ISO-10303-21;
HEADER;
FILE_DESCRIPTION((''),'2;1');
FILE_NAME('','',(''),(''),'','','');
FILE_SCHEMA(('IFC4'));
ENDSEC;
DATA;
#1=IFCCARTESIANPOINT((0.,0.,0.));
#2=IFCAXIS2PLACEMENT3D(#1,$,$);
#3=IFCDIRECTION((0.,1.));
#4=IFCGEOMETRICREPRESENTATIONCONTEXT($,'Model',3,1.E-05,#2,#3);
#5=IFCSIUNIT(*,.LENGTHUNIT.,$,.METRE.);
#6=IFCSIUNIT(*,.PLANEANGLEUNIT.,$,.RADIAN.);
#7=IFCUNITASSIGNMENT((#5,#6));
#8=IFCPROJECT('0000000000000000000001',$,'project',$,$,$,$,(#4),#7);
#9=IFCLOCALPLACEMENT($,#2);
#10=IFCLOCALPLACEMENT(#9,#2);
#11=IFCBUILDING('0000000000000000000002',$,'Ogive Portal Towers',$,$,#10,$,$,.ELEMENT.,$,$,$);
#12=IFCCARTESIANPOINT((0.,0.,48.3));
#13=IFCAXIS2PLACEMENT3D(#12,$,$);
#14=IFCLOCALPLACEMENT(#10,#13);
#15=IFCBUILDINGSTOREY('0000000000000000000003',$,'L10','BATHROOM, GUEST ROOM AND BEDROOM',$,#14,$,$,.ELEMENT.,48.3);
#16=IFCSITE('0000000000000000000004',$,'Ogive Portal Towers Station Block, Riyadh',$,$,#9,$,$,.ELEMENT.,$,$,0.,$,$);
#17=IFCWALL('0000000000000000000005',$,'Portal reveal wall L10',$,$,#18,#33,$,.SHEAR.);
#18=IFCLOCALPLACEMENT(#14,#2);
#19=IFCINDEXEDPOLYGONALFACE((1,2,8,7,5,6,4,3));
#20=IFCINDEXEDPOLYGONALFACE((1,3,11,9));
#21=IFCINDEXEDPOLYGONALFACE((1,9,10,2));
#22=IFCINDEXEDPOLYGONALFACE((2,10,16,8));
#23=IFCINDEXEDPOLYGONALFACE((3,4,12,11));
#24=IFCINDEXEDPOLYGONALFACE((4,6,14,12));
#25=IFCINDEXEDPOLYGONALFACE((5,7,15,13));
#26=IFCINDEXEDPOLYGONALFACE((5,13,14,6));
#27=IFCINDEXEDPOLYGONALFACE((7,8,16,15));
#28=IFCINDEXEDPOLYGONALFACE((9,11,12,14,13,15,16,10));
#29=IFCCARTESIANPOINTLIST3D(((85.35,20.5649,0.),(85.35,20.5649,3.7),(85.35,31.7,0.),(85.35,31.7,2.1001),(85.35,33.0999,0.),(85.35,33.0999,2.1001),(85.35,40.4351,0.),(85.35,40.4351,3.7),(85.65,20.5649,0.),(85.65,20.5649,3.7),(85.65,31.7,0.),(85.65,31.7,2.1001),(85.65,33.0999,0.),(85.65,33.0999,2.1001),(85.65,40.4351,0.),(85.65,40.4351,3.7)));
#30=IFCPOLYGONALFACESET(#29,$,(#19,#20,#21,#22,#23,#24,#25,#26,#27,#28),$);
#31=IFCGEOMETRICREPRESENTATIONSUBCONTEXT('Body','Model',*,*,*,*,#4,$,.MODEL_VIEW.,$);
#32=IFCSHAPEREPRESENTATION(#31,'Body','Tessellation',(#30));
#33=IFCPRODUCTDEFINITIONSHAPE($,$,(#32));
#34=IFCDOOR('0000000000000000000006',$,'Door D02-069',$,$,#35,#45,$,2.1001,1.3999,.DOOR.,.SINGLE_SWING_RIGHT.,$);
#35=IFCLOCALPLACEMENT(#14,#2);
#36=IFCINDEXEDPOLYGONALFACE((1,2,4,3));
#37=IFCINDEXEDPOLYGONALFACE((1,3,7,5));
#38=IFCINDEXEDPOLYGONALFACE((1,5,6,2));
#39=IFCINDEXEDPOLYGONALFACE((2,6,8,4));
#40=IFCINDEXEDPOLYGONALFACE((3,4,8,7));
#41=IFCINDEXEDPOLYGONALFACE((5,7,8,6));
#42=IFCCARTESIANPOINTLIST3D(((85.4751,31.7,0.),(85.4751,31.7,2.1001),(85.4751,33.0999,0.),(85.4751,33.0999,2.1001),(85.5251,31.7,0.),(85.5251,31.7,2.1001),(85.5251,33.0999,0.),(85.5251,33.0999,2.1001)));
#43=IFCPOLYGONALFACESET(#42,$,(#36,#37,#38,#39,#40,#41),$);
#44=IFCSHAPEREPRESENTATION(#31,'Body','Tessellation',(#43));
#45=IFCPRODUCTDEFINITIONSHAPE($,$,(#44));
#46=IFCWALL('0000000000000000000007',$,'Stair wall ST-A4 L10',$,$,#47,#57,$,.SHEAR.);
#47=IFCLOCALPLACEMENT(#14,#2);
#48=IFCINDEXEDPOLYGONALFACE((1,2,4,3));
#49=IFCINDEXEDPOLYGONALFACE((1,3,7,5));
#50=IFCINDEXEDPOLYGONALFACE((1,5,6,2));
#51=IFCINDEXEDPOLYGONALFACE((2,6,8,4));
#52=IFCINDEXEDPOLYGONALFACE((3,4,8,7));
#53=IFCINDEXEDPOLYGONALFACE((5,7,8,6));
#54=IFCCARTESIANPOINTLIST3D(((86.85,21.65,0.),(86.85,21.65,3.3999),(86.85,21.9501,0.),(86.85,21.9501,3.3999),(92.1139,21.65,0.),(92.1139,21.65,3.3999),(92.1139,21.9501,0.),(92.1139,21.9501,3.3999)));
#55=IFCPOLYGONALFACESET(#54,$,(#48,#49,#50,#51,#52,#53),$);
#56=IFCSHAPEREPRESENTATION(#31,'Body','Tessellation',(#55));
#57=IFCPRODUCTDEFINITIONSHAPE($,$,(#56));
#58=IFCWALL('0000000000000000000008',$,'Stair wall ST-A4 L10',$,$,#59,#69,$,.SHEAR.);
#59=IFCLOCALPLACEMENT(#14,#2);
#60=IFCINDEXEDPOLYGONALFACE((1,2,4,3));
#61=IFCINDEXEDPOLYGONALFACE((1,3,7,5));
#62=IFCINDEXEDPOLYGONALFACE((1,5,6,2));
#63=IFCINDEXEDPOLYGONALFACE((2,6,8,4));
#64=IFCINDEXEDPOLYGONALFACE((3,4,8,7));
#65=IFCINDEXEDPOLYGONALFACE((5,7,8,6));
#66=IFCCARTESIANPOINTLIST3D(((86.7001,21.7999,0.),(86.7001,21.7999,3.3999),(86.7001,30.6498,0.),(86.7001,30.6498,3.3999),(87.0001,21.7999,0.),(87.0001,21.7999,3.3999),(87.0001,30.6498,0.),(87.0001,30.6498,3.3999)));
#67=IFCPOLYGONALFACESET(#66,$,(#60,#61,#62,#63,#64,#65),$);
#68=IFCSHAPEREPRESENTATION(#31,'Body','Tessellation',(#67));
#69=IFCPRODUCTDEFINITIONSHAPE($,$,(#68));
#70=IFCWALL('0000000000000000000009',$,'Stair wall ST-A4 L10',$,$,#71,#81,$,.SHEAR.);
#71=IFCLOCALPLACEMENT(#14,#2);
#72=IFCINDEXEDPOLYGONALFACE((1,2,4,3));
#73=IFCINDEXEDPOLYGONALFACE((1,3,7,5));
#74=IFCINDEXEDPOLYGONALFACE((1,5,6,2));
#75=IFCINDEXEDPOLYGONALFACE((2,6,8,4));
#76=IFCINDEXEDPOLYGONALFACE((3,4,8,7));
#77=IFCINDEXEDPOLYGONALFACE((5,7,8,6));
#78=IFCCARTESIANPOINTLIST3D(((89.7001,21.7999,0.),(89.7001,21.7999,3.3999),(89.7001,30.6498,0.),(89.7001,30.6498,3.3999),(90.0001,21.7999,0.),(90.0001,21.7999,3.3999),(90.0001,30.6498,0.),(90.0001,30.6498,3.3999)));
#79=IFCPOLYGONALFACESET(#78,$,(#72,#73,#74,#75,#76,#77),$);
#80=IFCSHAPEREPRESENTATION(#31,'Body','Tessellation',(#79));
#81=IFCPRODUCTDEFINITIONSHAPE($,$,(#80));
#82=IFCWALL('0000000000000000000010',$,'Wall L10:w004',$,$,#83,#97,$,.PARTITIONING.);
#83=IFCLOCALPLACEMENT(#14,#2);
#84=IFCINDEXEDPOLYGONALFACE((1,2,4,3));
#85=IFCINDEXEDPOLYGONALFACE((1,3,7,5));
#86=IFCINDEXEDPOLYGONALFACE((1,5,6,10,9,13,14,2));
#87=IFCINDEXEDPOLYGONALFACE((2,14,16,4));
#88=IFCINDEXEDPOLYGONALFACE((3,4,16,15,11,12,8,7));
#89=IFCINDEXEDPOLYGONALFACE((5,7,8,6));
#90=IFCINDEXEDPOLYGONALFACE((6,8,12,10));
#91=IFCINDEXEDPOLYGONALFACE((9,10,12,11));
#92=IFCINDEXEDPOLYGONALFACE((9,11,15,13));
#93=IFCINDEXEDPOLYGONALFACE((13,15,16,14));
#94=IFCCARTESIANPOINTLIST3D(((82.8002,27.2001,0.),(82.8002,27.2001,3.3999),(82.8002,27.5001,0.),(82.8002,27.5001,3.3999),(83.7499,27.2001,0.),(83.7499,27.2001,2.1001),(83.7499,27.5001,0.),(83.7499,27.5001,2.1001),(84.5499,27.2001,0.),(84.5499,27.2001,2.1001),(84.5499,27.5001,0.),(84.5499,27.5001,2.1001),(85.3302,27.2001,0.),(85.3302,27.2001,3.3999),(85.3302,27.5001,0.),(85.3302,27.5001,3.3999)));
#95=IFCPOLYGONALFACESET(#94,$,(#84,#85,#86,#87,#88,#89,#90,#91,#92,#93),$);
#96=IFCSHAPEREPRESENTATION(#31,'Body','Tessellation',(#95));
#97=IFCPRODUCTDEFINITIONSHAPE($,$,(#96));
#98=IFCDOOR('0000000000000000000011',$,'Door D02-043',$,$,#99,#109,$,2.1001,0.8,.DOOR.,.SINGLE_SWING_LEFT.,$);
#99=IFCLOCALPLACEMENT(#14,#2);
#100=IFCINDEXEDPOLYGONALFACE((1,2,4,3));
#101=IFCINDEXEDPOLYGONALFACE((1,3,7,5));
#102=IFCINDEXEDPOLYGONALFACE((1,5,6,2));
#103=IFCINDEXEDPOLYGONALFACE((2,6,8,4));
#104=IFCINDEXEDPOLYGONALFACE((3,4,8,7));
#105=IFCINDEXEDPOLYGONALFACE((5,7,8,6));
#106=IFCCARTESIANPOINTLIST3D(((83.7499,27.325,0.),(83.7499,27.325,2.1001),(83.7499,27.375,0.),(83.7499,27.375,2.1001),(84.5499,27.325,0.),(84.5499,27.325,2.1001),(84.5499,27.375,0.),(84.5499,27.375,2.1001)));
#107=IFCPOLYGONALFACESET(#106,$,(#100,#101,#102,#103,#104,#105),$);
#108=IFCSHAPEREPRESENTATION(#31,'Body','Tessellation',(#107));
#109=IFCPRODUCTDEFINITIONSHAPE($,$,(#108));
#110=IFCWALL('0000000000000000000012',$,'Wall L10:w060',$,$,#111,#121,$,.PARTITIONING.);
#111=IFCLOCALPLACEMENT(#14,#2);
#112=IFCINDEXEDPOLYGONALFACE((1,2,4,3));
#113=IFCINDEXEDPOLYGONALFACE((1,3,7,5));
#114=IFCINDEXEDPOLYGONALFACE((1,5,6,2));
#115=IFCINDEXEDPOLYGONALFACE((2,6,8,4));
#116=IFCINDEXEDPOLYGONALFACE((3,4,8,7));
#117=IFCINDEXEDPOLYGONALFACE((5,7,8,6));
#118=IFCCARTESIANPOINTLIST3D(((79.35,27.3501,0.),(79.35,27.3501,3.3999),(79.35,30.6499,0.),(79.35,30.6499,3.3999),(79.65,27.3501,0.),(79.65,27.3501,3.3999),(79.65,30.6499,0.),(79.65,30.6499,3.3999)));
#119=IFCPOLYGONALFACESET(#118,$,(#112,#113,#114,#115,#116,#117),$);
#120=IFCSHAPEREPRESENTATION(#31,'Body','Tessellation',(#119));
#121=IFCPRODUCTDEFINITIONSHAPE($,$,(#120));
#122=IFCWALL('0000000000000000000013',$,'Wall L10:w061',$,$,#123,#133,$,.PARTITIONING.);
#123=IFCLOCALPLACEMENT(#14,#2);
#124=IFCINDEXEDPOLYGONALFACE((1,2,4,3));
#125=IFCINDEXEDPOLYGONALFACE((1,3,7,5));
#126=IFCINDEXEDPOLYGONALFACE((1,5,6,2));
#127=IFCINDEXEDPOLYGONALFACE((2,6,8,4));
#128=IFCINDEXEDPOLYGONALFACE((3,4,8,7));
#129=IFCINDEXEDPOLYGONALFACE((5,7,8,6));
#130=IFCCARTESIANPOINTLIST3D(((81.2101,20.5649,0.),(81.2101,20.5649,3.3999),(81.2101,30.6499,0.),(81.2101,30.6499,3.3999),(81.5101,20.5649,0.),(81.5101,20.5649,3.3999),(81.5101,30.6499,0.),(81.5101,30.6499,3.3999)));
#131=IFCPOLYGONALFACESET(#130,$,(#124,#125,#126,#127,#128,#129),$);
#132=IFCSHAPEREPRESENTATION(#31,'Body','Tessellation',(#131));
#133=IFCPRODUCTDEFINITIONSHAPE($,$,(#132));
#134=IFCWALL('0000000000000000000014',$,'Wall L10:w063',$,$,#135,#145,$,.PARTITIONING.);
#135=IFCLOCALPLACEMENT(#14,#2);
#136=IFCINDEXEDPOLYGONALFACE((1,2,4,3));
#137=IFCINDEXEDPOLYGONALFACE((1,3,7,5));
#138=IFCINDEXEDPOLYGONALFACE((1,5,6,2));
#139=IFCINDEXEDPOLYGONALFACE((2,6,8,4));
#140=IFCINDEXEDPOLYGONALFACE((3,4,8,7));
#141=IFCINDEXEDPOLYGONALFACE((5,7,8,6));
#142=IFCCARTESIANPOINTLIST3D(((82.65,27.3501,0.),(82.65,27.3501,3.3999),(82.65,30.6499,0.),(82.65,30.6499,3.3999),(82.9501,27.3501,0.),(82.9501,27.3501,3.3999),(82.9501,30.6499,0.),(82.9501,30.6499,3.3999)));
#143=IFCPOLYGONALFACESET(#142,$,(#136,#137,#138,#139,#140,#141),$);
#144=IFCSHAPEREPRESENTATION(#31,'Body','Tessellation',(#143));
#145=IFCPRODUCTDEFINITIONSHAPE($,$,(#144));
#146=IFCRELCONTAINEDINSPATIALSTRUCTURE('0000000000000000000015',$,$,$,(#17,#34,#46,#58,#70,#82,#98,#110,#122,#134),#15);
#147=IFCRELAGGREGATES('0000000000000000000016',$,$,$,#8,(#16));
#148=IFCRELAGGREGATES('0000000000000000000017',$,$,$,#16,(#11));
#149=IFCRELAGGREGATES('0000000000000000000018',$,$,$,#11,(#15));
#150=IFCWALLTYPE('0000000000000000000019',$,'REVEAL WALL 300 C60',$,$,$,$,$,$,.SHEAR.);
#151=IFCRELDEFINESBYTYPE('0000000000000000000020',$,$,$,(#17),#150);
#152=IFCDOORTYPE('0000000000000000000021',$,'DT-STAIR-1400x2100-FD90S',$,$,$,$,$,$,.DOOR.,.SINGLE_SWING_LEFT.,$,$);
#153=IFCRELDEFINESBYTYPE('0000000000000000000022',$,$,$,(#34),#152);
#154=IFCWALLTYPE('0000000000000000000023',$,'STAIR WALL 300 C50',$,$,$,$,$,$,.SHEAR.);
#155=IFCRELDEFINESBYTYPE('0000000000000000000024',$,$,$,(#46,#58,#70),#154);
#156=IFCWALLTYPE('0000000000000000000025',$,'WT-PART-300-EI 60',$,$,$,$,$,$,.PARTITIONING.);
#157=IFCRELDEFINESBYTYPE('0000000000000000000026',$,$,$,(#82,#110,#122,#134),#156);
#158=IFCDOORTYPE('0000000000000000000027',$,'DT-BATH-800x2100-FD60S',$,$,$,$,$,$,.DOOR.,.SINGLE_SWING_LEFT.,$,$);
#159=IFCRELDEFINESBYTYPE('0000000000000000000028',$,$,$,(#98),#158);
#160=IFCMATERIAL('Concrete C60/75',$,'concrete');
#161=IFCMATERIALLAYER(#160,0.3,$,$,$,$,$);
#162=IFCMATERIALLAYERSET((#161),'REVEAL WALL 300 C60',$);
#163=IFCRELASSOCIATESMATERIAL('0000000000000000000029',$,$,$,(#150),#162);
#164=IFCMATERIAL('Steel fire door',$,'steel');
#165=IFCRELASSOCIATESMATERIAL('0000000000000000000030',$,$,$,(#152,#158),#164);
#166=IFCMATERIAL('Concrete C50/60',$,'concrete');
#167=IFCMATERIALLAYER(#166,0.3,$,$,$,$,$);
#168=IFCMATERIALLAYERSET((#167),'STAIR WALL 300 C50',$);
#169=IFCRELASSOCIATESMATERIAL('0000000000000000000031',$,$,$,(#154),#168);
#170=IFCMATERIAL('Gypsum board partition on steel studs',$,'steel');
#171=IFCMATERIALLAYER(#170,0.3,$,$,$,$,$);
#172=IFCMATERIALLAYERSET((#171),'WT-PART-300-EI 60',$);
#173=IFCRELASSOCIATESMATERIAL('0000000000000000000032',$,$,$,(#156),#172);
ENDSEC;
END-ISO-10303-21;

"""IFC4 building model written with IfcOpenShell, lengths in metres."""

from ifc_helpers import new_model, si_unit, direction, frame, frame_2d, origin, place, context, subcontext, project, spatial, rectangle, extrude, material, layer, layer_set, type_object, element, fill, save


model = new_model("IFC4")

# Units and contexts
model_context = context("Model", 3, precision=1e-05, world=origin(), true_north=direction((0.0, 1.0)))
body_context = subcontext(model_context, "Body", "Model", "MODEL_VIEW")
ifc_project = project(units=[si_unit("LENGTHUNIT", "METRE"), si_unit("PLANEANGLEUNIT", "RADIAN")], contexts=[model_context])

# Site, building, storey
site_placement = place(None, origin())
site = spatial("IfcSite", under=ifc_project, at=site_placement, Name="Ogive Portal Towers Station Block, Riyadh", CompositionType="ELEMENT", RefElevation=0.0)
building_placement = place(site_placement, origin())
building = spatial("IfcBuilding", under=site, at=building_placement, Name="Ogive Portal Towers", CompositionType="ELEMENT")
storey_placement = place(building_placement, frame((0.0, 0.0, 48.3)))
storey = spatial("IfcBuildingStorey", under=building, at=storey_placement, Name="L10", Description="BATHROOM, GUEST ROOM AND BEDROOM", CompositionType="ELEMENT", Elevation=48.3)

# Shared definitions
ifc_material_1 = material(Name="Concrete C60/75", Category="concrete")

# Wall, opening, door
ifc_layer_1 = layer(ifc_material_1, 0.3)
ifc_layer_set_1 = layer_set([ifc_layer_1], Name="REVEAL WALL 300 C60")
wall_type_1 = type_object("IfcWallType", Name="REVEAL WALL 300 C60", PredefinedType="SHEAR", material=ifc_layer_set_1)
wall_1_placement = place(storey_placement, frame((85.5, 20.5649, 0.0), z_axis=(0.0, 0.0, 1.0), x_axis=(0.0, 1.0, 0.0)))
wall_1 = element("IfcWall", 1, at=wall_1_placement, inside=storey, type_object=wall_type_1, Name="Portal reveal wall L10", PredefinedType="SHEAR", context=body_context, shape_type="SweptSolid", body=[
    extrude(rectangle(XDim=19.8701, YDim=0.3, at=frame_2d((9.9351, 0.0))), origin(), (0.0, 0.0, 1.0), 3.7),
])
opening_1_placement = place(wall_1_placement, frame((11.135, 0.0, 0.0)))
opening_1 = element("IfcOpeningElement", 2, at=opening_1_placement, cuts=wall_1, PredefinedType="OPENING", context=body_context, shape_type="SweptSolid", body=[
    extrude(rectangle(XDim=1.3999, YDim=2.1001, at=frame_2d((0.7, 1.05))), frame((0.0, 0.1602, 0.0), z_axis=(0.0, -1.0, 0.0), x_axis=(1.0, 0.0, 0.0)), (0.0, 0.0, 1.0), 0.3201),
])
ifc_material_2 = material(Name="Steel fire door", Category="steel")
door_type_1 = type_object("IfcDoorType", Name="DT-STAIR-1400x2100-FD90S", OperationType="SINGLE_SWING_LEFT", PredefinedType="DOOR", material=ifc_material_2)
door_1_placement = place(opening_1_placement, origin())
door_1 = element("IfcDoor", 3, at=door_1_placement, inside=storey, type_object=door_type_1, Name="Door D02-069", OperationType="SINGLE_SWING_RIGHT", OverallHeight=2.1001, OverallWidth=1.3999, PredefinedType="DOOR", context=body_context, shape_type="SweptSolid", body=[
    extrude(rectangle(XDim=1.3999, YDim=2.1001, at=frame_2d((0.7, 1.05))), frame((0.0, 0.0249, 0.0), z_axis=(0.0, -1.0, 0.0), x_axis=(1.0, 0.0, 0.0)), (0.0, 0.0, 1.0), 0.05),
])
fill(opening_1, door_1)

# Walls
ifc_material_3 = material(Name="Concrete C50/60", Category="concrete")
ifc_layer_2 = layer(ifc_material_3, 0.3)
ifc_layer_set_2 = layer_set([ifc_layer_2], Name="STAIR WALL 300 C50")
wall_type_2 = type_object("IfcWallType", Name="STAIR WALL 300 C50", PredefinedType="SHEAR", material=ifc_layer_set_2)
wall_2_placement = place(storey_placement, frame((86.8501, 21.8, 0.0), z_axis=(0.0, 0.0, 1.0), x_axis=(1.0, 0.0, 0.0)))
element("IfcWall", 4, at=wall_2_placement, inside=storey, type_object=wall_type_2, Name="Stair wall ST-A4 L10", PredefinedType="SHEAR", context=body_context, shape_type="SweptSolid", body=[
    extrude(rectangle(XDim=5.2639, YDim=0.3, at=frame_2d((2.6318, 0.0))), origin(), (0.0, 0.0, 1.0), 3.3999),
])
for number, where, z_axis, x_axis, name in (
    (5, (86.8501, 21.8, 0.0), (0.0, 0.0, 1.0), (0.0, 1.0, 0.0), "Stair wall ST-A4 L10"),
    (6, (89.8501, 21.8, 0.0), (0.0, 0.0, 1.0), (0.0, 1.0, 0.0), "Stair wall ST-A4 L10"),
):
    element("IfcWall", number, at=place(storey_placement, frame(where, z_axis=z_axis, x_axis=x_axis)), inside=storey, type_object=wall_type_2, Name=name, PredefinedType="SHEAR", context=body_context, shape_type="SweptSolid", body=[
        extrude(rectangle(XDim=8.8499, YDim=0.3, at=frame_2d((4.4248, 0.0))), origin(), (0.0, 0.0, 1.0), 3.3999),
    ])

# Wall, opening, door
ifc_material_4 = material(Name="Gypsum board partition on steel studs", Category="steel")
ifc_layer_3 = layer(ifc_material_4, 0.3)
ifc_layer_set_3 = layer_set([ifc_layer_3], Name="WT-PART-300-EI 60")
wall_type_3 = type_object("IfcWallType", Name="WT-PART-300-EI 60", PredefinedType="PARTITIONING", material=ifc_layer_set_3)
wall_3_placement = place(storey_placement, frame((82.8, 27.3501, 0.0), z_axis=(0.0, 0.0, 1.0), x_axis=(1.0, 0.0, 0.0)))
wall_3 = element("IfcWall", 7, at=wall_3_placement, inside=storey, type_object=wall_type_3, Name="Wall L10:w004", PredefinedType="PARTITIONING", context=body_context, shape_type="SweptSolid", body=[
    extrude(rectangle(XDim=2.53, YDim=0.3, at=frame_2d((1.2651, 0.0))), origin(), (0.0, 0.0, 1.0), 3.3999),
])
opening_2_placement = place(wall_3_placement, frame((0.95, 0.0, 0.0)))
opening_2 = element("IfcOpeningElement", 8, at=opening_2_placement, cuts=wall_3, PredefinedType="OPENING", context=body_context, shape_type="SweptSolid", body=[
    extrude(rectangle(XDim=0.8, YDim=2.1001, at=frame_2d((0.3999, 1.05))), frame((0.0, 0.1602, 0.0), z_axis=(0.0, -1.0, 0.0), x_axis=(1.0, 0.0, 0.0)), (0.0, 0.0, 1.0), 0.3201),
])
door_type_2 = type_object("IfcDoorType", Name="DT-BATH-800x2100-FD60S", OperationType="SINGLE_SWING_LEFT", PredefinedType="DOOR", material=ifc_material_2)
door_2_placement = place(opening_2_placement, origin())
door_2 = element("IfcDoor", 9, at=door_2_placement, inside=storey, type_object=door_type_2, Name="Door D02-043", OperationType="SINGLE_SWING_LEFT", OverallHeight=2.1001, OverallWidth=0.8, PredefinedType="DOOR", context=body_context, shape_type="SweptSolid", body=[
    extrude(rectangle(XDim=0.8, YDim=2.1001, at=frame_2d((0.3999, 1.05))), frame((0.0, 0.0249, 0.0), z_axis=(0.0, -1.0, 0.0), x_axis=(1.0, 0.0, 0.0)), (0.0, 0.0, 1.0), 0.05),
])
fill(opening_2, door_2)

# Walls
wall_4_placement = place(storey_placement, frame((79.5, 27.3501, 0.0), z_axis=(0.0, 0.0, 1.0), x_axis=(0.0, 1.0, 0.0)))
element("IfcWall", 10, at=wall_4_placement, inside=storey, type_object=wall_type_3, Name="Wall L10:w060", PredefinedType="PARTITIONING", context=body_context, shape_type="SweptSolid", body=[
    extrude(rectangle(XDim=3.2998, YDim=0.3, at=frame_2d((1.6499, 0.0))), origin(), (0.0, 0.0, 1.0), 3.3999),
])
wall_5_placement = place(storey_placement, frame((81.3601, 20.5649, 0.0), z_axis=(0.0, 0.0, 1.0), x_axis=(0.0, 1.0, 0.0)))
element("IfcWall", 11, at=wall_5_placement, inside=storey, type_object=wall_type_3, Name="Wall L10:w061", PredefinedType="PARTITIONING", context=body_context, shape_type="SweptSolid", body=[
    extrude(rectangle(XDim=10.085, YDim=0.3, at=frame_2d((5.0425, 0.0))), origin(), (0.0, 0.0, 1.0), 3.3999),
])
wall_6_placement = place(storey_placement, frame((82.8, 27.3501, 0.0), z_axis=(0.0, 0.0, 1.0), x_axis=(0.0, 1.0, 0.0)))
element("IfcWall", 12, at=wall_6_placement, inside=storey, type_object=wall_type_3, Name="Wall L10:w063", PredefinedType="PARTITIONING", context=body_context, shape_type="SweptSolid", body=[
    extrude(rectangle(XDim=3.2998, YDim=0.3, at=frame_2d((1.6499, 0.0))), origin(), (0.0, 0.0, 1.0), 3.3999),
])

save(model, "model.ifc")
